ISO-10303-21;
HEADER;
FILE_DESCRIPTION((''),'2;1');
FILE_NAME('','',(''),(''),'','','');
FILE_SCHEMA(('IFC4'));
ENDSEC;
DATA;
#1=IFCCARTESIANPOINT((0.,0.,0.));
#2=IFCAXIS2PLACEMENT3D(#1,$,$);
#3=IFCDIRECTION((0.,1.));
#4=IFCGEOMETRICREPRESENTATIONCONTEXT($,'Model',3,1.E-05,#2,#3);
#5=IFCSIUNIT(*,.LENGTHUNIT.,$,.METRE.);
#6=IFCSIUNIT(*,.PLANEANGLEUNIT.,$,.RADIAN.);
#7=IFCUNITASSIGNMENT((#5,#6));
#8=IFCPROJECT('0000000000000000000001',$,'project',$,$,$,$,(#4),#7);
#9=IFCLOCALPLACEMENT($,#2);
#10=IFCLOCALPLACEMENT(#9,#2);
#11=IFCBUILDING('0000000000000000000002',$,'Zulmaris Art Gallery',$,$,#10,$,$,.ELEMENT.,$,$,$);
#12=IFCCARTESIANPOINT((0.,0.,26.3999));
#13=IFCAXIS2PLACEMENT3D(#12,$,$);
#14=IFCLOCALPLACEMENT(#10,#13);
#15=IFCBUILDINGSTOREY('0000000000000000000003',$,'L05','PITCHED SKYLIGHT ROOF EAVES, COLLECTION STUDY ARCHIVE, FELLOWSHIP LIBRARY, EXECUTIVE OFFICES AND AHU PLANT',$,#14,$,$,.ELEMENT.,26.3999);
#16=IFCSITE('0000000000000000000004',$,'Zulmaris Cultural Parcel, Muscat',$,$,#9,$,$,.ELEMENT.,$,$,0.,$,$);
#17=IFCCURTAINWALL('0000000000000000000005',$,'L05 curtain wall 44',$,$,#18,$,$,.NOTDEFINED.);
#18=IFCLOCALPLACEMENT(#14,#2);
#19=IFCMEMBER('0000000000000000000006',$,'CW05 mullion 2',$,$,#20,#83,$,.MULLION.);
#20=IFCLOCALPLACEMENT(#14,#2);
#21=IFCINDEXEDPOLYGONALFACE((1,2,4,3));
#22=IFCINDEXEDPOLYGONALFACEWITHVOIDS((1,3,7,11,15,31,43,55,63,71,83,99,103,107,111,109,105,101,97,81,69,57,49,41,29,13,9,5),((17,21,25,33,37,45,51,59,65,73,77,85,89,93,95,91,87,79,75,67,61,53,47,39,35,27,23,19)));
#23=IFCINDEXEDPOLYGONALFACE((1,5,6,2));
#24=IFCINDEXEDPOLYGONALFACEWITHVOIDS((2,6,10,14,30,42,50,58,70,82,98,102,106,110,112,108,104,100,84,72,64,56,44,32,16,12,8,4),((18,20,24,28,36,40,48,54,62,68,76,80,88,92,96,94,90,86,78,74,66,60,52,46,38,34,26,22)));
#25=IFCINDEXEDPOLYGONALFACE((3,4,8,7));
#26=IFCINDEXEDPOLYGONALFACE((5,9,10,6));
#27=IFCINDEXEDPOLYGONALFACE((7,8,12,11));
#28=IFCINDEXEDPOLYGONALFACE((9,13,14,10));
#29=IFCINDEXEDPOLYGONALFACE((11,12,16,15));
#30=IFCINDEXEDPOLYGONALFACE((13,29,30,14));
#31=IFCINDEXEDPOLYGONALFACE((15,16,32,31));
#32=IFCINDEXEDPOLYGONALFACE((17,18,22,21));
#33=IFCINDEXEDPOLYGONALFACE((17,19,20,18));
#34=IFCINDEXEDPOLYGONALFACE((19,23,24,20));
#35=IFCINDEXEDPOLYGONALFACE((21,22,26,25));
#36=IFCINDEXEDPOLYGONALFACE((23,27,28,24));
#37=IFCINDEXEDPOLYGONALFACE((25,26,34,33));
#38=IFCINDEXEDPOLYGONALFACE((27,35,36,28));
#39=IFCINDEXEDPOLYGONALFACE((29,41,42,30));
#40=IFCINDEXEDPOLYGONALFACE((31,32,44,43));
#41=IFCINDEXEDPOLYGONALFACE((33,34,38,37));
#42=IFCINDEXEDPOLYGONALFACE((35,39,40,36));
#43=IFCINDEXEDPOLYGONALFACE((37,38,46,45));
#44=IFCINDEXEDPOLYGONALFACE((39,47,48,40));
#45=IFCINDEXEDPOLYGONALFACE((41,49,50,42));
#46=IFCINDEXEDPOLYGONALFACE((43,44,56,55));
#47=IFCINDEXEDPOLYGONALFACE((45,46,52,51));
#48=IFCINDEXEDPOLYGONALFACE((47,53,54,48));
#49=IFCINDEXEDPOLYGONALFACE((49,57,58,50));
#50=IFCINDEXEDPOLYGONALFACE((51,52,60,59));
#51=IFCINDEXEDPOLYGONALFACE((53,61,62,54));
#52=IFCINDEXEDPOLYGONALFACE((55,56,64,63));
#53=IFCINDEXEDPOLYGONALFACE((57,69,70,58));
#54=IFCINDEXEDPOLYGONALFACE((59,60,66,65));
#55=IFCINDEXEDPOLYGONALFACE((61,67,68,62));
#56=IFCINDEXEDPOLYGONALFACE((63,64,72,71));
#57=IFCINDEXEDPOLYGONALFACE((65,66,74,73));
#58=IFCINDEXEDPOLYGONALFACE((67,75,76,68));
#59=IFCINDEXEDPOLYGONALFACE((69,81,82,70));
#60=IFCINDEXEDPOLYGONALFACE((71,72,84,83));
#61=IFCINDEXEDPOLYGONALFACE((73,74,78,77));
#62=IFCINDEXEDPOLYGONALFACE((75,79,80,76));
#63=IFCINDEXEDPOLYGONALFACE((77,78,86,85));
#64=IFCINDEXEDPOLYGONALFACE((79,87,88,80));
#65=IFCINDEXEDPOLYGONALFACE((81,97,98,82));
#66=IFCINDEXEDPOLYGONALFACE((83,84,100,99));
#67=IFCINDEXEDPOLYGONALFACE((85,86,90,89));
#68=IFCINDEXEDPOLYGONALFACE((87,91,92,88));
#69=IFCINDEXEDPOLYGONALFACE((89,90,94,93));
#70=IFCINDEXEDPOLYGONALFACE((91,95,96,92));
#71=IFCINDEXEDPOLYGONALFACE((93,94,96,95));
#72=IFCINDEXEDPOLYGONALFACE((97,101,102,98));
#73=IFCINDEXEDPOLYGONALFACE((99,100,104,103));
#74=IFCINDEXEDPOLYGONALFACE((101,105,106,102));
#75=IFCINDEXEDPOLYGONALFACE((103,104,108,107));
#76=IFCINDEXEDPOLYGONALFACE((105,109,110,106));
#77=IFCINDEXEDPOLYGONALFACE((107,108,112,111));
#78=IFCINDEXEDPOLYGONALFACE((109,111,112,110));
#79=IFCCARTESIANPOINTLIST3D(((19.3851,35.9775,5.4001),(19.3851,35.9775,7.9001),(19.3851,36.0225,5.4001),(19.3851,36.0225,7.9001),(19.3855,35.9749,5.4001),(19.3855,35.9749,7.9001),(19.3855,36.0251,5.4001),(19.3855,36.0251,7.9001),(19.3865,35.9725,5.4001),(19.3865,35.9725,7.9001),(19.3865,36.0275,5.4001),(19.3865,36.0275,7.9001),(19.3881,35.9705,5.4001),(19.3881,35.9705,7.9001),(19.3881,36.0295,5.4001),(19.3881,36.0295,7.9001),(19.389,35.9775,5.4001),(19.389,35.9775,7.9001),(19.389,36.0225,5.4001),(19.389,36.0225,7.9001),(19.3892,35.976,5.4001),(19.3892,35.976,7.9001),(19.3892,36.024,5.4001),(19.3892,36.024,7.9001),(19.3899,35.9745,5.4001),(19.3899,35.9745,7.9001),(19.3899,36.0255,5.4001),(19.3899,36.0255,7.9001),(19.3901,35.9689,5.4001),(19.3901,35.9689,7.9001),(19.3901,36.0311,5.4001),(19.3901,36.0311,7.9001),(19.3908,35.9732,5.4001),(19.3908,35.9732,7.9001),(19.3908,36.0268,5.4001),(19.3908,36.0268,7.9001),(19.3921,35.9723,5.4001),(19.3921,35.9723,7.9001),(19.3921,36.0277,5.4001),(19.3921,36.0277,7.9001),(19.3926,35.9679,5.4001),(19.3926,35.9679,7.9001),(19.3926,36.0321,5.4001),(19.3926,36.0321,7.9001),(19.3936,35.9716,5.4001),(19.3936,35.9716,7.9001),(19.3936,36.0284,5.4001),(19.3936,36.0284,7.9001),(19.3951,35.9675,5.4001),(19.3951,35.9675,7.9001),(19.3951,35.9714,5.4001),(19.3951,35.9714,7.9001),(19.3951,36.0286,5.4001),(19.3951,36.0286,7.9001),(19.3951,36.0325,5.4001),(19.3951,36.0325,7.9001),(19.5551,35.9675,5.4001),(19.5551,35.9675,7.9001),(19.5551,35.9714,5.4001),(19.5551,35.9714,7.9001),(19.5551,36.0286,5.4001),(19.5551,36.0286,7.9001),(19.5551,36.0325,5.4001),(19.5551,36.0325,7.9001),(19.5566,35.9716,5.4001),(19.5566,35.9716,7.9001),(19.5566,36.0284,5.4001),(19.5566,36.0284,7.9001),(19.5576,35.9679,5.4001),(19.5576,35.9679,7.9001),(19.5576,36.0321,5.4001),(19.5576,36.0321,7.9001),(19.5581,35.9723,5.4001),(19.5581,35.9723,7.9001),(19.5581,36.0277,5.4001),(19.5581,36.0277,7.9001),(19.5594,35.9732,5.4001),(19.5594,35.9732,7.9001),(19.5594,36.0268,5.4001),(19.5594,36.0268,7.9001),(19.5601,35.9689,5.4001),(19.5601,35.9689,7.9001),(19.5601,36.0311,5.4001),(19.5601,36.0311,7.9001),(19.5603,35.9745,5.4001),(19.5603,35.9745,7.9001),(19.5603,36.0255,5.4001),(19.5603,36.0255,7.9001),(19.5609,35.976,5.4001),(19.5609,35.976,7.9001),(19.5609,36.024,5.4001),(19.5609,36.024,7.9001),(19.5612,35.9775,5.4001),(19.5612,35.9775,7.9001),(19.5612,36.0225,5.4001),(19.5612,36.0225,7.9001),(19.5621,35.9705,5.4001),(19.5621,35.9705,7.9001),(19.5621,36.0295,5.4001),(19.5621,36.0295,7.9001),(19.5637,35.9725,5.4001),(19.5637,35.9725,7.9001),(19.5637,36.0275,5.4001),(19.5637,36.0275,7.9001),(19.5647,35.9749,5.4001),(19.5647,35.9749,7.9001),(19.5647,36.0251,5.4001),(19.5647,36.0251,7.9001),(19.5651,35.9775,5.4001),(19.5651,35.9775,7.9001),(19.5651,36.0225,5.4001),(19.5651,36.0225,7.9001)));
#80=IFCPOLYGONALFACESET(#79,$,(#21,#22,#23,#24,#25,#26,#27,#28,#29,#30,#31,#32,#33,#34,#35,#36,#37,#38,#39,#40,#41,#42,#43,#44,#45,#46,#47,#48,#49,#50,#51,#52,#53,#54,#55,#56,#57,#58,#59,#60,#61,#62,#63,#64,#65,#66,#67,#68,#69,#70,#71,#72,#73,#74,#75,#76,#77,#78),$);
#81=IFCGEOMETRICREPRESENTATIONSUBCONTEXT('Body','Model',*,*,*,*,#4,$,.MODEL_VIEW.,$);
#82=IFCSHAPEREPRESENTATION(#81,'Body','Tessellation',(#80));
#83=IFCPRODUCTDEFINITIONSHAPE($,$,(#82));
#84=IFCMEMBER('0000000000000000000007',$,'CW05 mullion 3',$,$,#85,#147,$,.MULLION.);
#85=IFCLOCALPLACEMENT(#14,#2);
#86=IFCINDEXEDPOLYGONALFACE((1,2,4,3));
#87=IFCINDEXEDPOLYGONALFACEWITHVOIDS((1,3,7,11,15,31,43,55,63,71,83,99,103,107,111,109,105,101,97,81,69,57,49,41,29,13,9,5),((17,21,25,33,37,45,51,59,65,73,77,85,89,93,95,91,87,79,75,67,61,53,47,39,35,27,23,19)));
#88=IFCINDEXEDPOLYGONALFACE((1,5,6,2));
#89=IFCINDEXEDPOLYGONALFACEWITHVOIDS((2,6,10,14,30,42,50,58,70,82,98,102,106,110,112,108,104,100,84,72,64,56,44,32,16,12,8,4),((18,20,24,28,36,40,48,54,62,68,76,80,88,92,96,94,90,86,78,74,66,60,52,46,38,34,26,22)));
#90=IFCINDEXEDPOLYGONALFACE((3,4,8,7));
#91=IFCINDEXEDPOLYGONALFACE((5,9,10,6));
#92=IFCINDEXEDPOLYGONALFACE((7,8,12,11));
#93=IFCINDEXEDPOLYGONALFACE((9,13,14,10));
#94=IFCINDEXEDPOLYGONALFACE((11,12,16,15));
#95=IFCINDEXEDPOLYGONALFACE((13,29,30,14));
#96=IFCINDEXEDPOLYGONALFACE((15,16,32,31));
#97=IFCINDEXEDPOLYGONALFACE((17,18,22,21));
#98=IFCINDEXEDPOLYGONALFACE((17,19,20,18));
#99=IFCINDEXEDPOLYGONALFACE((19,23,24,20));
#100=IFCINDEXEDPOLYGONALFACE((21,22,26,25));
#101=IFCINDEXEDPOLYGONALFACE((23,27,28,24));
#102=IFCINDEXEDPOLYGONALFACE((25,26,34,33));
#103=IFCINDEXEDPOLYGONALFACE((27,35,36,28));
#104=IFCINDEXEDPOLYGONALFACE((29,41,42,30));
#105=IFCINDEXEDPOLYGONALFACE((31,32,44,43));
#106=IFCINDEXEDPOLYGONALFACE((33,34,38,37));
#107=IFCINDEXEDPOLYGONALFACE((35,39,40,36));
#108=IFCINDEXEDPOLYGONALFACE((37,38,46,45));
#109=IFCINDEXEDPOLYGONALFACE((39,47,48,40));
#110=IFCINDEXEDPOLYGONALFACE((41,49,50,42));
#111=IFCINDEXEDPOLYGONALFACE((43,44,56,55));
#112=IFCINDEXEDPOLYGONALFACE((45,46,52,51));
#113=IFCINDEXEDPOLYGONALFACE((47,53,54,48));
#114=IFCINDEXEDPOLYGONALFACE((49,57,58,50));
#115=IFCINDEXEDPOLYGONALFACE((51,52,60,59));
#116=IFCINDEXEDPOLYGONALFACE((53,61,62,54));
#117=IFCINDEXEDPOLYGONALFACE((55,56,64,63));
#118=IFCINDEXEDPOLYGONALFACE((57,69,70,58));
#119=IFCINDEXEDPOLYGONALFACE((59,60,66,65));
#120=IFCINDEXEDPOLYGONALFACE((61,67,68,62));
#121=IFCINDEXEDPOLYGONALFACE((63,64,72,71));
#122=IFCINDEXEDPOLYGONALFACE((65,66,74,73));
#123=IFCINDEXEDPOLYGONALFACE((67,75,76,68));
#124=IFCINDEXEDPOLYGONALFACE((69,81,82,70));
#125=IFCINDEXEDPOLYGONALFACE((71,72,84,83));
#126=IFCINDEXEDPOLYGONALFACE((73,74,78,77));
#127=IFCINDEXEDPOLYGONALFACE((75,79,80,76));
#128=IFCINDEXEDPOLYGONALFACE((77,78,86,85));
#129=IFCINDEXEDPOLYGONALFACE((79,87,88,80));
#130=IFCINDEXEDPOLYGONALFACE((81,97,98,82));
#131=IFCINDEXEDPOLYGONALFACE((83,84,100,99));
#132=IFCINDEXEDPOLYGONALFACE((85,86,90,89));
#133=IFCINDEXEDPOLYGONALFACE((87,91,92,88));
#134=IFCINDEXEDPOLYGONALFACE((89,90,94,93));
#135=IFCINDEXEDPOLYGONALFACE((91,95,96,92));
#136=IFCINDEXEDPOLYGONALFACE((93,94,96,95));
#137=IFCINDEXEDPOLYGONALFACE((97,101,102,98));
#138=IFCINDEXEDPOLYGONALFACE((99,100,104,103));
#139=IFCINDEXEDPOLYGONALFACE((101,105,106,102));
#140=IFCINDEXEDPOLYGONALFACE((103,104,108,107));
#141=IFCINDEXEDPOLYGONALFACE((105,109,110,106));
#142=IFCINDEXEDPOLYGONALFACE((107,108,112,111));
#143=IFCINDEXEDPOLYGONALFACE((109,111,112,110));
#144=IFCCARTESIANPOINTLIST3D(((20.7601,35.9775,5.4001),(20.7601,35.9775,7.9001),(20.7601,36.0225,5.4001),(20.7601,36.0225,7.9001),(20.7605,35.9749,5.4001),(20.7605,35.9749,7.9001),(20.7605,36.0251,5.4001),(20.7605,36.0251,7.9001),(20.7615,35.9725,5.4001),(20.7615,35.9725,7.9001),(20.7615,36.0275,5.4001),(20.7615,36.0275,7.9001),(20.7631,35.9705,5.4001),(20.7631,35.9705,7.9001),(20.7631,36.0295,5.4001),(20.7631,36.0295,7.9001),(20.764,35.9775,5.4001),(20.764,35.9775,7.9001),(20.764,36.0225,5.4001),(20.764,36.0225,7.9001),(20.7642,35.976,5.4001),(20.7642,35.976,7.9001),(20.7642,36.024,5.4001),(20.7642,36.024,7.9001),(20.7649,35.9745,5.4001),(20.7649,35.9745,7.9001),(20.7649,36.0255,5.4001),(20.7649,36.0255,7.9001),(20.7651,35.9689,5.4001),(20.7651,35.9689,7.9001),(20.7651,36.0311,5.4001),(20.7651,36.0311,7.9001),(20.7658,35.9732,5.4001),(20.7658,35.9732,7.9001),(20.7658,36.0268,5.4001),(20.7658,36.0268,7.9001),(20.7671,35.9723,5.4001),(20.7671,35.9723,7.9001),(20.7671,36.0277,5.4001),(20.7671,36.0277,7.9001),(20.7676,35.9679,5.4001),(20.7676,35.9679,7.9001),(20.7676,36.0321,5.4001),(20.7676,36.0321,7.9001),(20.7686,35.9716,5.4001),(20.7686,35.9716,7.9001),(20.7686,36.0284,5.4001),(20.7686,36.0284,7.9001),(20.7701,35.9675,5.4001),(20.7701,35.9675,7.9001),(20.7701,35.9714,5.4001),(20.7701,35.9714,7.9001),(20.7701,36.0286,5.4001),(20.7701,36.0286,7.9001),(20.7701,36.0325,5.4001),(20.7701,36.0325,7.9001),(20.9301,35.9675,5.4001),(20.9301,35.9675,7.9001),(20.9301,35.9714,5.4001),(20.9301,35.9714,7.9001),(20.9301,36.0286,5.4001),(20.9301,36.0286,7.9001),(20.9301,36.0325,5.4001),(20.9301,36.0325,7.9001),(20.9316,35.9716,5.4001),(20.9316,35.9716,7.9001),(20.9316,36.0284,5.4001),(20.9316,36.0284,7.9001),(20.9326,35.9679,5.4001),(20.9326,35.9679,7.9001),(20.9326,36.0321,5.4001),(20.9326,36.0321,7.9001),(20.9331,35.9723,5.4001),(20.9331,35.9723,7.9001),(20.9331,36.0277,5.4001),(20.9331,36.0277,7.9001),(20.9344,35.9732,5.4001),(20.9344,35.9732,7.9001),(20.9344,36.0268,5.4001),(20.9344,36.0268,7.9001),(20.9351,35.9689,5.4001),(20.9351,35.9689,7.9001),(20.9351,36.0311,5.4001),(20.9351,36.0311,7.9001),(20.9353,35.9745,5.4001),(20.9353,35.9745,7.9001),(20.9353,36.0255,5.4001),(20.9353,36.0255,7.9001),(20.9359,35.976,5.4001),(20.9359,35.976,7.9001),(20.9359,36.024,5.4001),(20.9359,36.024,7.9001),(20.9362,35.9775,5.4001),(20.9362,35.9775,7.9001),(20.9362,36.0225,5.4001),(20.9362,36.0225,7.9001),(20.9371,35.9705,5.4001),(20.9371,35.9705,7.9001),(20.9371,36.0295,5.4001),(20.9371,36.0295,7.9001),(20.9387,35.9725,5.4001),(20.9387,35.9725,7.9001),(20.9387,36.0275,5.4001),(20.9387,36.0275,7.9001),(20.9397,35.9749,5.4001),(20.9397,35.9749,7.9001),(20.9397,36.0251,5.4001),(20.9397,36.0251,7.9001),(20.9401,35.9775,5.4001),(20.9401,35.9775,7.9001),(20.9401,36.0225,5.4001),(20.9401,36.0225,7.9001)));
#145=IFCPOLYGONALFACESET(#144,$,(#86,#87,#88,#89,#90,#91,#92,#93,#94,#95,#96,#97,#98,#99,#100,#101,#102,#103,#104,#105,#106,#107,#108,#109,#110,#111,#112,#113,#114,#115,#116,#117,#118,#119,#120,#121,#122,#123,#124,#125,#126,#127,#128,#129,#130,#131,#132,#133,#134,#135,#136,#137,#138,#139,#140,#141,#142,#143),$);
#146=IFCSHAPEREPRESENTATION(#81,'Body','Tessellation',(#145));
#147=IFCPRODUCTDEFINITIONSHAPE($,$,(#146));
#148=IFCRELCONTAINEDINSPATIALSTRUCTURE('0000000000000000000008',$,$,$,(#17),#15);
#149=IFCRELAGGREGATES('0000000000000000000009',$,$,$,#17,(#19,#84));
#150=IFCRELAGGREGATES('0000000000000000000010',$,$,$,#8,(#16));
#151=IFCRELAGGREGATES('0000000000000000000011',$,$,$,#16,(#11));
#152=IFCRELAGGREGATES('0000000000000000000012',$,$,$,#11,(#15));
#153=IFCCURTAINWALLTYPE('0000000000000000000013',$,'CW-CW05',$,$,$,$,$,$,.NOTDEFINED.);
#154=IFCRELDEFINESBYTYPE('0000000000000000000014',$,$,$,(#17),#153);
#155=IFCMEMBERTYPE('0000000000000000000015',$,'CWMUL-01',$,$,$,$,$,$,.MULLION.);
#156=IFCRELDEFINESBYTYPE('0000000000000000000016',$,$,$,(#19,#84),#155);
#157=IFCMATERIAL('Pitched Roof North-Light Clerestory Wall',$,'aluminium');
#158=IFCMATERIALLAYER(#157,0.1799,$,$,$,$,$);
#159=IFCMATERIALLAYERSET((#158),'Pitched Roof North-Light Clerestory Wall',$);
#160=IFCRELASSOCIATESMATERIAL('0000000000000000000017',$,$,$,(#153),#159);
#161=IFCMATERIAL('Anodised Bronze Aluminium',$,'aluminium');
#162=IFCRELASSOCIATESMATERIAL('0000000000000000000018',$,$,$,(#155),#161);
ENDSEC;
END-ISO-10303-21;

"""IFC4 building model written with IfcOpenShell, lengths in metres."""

from ifc_helpers import new_model, si_unit, direction, frame, origin, origin_2d, place, context, subcontext, project, spatial, hollow_rectangle, extrude, material, layer, layer_set, material_profile, profile_set, type_object, element, aggregate, save


model = new_model("IFC4")

# Units and contexts
model_context = context("Model", 3, precision=1e-05, world=origin(), true_north=direction((0.0, 1.0)))
body_context = subcontext(model_context, "Body", "Model", "MODEL_VIEW")
ifc_project = project(units=[si_unit("LENGTHUNIT", "METRE"), si_unit("PLANEANGLEUNIT", "RADIAN")], contexts=[model_context])

# Site, building, storey
site_placement = place(None, origin())
site = spatial("IfcSite", under=ifc_project, at=site_placement, Name="Zulmaris Cultural Parcel, Muscat", CompositionType="ELEMENT", RefElevation=0.0)
building_placement = place(site_placement, origin())
building = spatial("IfcBuilding", under=site, at=building_placement, Name="Zulmaris Art Gallery", CompositionType="ELEMENT")
storey_placement = place(building_placement, frame((0.0, 0.0, 26.3999)))
storey = spatial("IfcBuildingStorey", under=building, at=storey_placement, Name="L05", Description="PITCHED SKYLIGHT ROOF EAVES, COLLECTION STUDY ARCHIVE, FELLOWSHIP LIBRARY, EXECUTIVE OFFICES AND AHU PLANT", CompositionType="ELEMENT", Elevation=26.3999)

# Curtain wall, members
ifc_material_1 = material(Name="Pitched Roof North-Light Clerestory Wall", Category="aluminium")
ifc_layer_1 = layer(ifc_material_1, 0.1799)
ifc_layer_set_1 = layer_set([ifc_layer_1], Name="Pitched Roof North-Light Clerestory Wall")
curtain_wall_type = type_object("IfcCurtainWallType", Name="CW-CW05", PredefinedType="NOTDEFINED", material=ifc_layer_set_1)
curtain_wall_1_placement = place(storey_placement, origin())
curtain_wall_1 = element("IfcCurtainWall", 1, at=curtain_wall_1_placement, inside=storey, type_object=curtain_wall_type, Name="L05 curtain wall 44", PredefinedType="NOTDEFINED")
ifc_material_2 = material(Name="Anodised Bronze Aluminium", Category="aluminium")
ifc_material_profile_1 = material_profile(ifc_material_2, hollow_rectangle(XDim=0.0649, YDim=0.1799, WallThickness=0.0039, InnerFilletRadius=0.0061, OuterFilletRadius=0.01, at=origin_2d()), Name="ALU 65x180x4")
ifc_profile_set_1 = profile_set([ifc_material_profile_1], Name="Anodised Bronze Aluminium")
member_type_1 = type_object("IfcMemberType", Name="CWMUL-01", PredefinedType="MULLION", material=ifc_profile_set_1)
member_1_placement = place(storey_placement, frame((19.4751, 36.0, 5.4001), z_axis=(0.0, 0.0, 1.0), x_axis=(0.0, 1.0, 0.0)))
member_1 = element("IfcMember", 2, at=member_1_placement, type_object=member_type_1, Name="CW05 mullion 2", PredefinedType="MULLION", context=body_context, shape_type="SweptSolid", body=[
    extrude(hollow_rectangle(XDim=0.0649, YDim=0.1799, WallThickness=0.0039, InnerFilletRadius=0.0061, OuterFilletRadius=0.01, at=origin_2d()), origin(), (0.0, 0.0, 1.0), 2.5),
])
member_2_placement = place(storey_placement, frame((20.8501, 36.0, 5.4001), z_axis=(0.0, 0.0, 1.0), x_axis=(0.0, 1.0, 0.0)))
member_2 = element("IfcMember", 3, at=member_2_placement, type_object=member_type_1, Name="CW05 mullion 3", PredefinedType="MULLION", context=body_context, shape_type="SweptSolid", body=[
    extrude(hollow_rectangle(XDim=0.0649, YDim=0.1799, WallThickness=0.0039, InnerFilletRadius=0.0061, OuterFilletRadius=0.01, at=origin_2d()), origin(), (0.0, 0.0, 1.0), 2.5),
])

aggregate(curtain_wall_1, [member_1, member_2])

save(model, "model.ifc")
